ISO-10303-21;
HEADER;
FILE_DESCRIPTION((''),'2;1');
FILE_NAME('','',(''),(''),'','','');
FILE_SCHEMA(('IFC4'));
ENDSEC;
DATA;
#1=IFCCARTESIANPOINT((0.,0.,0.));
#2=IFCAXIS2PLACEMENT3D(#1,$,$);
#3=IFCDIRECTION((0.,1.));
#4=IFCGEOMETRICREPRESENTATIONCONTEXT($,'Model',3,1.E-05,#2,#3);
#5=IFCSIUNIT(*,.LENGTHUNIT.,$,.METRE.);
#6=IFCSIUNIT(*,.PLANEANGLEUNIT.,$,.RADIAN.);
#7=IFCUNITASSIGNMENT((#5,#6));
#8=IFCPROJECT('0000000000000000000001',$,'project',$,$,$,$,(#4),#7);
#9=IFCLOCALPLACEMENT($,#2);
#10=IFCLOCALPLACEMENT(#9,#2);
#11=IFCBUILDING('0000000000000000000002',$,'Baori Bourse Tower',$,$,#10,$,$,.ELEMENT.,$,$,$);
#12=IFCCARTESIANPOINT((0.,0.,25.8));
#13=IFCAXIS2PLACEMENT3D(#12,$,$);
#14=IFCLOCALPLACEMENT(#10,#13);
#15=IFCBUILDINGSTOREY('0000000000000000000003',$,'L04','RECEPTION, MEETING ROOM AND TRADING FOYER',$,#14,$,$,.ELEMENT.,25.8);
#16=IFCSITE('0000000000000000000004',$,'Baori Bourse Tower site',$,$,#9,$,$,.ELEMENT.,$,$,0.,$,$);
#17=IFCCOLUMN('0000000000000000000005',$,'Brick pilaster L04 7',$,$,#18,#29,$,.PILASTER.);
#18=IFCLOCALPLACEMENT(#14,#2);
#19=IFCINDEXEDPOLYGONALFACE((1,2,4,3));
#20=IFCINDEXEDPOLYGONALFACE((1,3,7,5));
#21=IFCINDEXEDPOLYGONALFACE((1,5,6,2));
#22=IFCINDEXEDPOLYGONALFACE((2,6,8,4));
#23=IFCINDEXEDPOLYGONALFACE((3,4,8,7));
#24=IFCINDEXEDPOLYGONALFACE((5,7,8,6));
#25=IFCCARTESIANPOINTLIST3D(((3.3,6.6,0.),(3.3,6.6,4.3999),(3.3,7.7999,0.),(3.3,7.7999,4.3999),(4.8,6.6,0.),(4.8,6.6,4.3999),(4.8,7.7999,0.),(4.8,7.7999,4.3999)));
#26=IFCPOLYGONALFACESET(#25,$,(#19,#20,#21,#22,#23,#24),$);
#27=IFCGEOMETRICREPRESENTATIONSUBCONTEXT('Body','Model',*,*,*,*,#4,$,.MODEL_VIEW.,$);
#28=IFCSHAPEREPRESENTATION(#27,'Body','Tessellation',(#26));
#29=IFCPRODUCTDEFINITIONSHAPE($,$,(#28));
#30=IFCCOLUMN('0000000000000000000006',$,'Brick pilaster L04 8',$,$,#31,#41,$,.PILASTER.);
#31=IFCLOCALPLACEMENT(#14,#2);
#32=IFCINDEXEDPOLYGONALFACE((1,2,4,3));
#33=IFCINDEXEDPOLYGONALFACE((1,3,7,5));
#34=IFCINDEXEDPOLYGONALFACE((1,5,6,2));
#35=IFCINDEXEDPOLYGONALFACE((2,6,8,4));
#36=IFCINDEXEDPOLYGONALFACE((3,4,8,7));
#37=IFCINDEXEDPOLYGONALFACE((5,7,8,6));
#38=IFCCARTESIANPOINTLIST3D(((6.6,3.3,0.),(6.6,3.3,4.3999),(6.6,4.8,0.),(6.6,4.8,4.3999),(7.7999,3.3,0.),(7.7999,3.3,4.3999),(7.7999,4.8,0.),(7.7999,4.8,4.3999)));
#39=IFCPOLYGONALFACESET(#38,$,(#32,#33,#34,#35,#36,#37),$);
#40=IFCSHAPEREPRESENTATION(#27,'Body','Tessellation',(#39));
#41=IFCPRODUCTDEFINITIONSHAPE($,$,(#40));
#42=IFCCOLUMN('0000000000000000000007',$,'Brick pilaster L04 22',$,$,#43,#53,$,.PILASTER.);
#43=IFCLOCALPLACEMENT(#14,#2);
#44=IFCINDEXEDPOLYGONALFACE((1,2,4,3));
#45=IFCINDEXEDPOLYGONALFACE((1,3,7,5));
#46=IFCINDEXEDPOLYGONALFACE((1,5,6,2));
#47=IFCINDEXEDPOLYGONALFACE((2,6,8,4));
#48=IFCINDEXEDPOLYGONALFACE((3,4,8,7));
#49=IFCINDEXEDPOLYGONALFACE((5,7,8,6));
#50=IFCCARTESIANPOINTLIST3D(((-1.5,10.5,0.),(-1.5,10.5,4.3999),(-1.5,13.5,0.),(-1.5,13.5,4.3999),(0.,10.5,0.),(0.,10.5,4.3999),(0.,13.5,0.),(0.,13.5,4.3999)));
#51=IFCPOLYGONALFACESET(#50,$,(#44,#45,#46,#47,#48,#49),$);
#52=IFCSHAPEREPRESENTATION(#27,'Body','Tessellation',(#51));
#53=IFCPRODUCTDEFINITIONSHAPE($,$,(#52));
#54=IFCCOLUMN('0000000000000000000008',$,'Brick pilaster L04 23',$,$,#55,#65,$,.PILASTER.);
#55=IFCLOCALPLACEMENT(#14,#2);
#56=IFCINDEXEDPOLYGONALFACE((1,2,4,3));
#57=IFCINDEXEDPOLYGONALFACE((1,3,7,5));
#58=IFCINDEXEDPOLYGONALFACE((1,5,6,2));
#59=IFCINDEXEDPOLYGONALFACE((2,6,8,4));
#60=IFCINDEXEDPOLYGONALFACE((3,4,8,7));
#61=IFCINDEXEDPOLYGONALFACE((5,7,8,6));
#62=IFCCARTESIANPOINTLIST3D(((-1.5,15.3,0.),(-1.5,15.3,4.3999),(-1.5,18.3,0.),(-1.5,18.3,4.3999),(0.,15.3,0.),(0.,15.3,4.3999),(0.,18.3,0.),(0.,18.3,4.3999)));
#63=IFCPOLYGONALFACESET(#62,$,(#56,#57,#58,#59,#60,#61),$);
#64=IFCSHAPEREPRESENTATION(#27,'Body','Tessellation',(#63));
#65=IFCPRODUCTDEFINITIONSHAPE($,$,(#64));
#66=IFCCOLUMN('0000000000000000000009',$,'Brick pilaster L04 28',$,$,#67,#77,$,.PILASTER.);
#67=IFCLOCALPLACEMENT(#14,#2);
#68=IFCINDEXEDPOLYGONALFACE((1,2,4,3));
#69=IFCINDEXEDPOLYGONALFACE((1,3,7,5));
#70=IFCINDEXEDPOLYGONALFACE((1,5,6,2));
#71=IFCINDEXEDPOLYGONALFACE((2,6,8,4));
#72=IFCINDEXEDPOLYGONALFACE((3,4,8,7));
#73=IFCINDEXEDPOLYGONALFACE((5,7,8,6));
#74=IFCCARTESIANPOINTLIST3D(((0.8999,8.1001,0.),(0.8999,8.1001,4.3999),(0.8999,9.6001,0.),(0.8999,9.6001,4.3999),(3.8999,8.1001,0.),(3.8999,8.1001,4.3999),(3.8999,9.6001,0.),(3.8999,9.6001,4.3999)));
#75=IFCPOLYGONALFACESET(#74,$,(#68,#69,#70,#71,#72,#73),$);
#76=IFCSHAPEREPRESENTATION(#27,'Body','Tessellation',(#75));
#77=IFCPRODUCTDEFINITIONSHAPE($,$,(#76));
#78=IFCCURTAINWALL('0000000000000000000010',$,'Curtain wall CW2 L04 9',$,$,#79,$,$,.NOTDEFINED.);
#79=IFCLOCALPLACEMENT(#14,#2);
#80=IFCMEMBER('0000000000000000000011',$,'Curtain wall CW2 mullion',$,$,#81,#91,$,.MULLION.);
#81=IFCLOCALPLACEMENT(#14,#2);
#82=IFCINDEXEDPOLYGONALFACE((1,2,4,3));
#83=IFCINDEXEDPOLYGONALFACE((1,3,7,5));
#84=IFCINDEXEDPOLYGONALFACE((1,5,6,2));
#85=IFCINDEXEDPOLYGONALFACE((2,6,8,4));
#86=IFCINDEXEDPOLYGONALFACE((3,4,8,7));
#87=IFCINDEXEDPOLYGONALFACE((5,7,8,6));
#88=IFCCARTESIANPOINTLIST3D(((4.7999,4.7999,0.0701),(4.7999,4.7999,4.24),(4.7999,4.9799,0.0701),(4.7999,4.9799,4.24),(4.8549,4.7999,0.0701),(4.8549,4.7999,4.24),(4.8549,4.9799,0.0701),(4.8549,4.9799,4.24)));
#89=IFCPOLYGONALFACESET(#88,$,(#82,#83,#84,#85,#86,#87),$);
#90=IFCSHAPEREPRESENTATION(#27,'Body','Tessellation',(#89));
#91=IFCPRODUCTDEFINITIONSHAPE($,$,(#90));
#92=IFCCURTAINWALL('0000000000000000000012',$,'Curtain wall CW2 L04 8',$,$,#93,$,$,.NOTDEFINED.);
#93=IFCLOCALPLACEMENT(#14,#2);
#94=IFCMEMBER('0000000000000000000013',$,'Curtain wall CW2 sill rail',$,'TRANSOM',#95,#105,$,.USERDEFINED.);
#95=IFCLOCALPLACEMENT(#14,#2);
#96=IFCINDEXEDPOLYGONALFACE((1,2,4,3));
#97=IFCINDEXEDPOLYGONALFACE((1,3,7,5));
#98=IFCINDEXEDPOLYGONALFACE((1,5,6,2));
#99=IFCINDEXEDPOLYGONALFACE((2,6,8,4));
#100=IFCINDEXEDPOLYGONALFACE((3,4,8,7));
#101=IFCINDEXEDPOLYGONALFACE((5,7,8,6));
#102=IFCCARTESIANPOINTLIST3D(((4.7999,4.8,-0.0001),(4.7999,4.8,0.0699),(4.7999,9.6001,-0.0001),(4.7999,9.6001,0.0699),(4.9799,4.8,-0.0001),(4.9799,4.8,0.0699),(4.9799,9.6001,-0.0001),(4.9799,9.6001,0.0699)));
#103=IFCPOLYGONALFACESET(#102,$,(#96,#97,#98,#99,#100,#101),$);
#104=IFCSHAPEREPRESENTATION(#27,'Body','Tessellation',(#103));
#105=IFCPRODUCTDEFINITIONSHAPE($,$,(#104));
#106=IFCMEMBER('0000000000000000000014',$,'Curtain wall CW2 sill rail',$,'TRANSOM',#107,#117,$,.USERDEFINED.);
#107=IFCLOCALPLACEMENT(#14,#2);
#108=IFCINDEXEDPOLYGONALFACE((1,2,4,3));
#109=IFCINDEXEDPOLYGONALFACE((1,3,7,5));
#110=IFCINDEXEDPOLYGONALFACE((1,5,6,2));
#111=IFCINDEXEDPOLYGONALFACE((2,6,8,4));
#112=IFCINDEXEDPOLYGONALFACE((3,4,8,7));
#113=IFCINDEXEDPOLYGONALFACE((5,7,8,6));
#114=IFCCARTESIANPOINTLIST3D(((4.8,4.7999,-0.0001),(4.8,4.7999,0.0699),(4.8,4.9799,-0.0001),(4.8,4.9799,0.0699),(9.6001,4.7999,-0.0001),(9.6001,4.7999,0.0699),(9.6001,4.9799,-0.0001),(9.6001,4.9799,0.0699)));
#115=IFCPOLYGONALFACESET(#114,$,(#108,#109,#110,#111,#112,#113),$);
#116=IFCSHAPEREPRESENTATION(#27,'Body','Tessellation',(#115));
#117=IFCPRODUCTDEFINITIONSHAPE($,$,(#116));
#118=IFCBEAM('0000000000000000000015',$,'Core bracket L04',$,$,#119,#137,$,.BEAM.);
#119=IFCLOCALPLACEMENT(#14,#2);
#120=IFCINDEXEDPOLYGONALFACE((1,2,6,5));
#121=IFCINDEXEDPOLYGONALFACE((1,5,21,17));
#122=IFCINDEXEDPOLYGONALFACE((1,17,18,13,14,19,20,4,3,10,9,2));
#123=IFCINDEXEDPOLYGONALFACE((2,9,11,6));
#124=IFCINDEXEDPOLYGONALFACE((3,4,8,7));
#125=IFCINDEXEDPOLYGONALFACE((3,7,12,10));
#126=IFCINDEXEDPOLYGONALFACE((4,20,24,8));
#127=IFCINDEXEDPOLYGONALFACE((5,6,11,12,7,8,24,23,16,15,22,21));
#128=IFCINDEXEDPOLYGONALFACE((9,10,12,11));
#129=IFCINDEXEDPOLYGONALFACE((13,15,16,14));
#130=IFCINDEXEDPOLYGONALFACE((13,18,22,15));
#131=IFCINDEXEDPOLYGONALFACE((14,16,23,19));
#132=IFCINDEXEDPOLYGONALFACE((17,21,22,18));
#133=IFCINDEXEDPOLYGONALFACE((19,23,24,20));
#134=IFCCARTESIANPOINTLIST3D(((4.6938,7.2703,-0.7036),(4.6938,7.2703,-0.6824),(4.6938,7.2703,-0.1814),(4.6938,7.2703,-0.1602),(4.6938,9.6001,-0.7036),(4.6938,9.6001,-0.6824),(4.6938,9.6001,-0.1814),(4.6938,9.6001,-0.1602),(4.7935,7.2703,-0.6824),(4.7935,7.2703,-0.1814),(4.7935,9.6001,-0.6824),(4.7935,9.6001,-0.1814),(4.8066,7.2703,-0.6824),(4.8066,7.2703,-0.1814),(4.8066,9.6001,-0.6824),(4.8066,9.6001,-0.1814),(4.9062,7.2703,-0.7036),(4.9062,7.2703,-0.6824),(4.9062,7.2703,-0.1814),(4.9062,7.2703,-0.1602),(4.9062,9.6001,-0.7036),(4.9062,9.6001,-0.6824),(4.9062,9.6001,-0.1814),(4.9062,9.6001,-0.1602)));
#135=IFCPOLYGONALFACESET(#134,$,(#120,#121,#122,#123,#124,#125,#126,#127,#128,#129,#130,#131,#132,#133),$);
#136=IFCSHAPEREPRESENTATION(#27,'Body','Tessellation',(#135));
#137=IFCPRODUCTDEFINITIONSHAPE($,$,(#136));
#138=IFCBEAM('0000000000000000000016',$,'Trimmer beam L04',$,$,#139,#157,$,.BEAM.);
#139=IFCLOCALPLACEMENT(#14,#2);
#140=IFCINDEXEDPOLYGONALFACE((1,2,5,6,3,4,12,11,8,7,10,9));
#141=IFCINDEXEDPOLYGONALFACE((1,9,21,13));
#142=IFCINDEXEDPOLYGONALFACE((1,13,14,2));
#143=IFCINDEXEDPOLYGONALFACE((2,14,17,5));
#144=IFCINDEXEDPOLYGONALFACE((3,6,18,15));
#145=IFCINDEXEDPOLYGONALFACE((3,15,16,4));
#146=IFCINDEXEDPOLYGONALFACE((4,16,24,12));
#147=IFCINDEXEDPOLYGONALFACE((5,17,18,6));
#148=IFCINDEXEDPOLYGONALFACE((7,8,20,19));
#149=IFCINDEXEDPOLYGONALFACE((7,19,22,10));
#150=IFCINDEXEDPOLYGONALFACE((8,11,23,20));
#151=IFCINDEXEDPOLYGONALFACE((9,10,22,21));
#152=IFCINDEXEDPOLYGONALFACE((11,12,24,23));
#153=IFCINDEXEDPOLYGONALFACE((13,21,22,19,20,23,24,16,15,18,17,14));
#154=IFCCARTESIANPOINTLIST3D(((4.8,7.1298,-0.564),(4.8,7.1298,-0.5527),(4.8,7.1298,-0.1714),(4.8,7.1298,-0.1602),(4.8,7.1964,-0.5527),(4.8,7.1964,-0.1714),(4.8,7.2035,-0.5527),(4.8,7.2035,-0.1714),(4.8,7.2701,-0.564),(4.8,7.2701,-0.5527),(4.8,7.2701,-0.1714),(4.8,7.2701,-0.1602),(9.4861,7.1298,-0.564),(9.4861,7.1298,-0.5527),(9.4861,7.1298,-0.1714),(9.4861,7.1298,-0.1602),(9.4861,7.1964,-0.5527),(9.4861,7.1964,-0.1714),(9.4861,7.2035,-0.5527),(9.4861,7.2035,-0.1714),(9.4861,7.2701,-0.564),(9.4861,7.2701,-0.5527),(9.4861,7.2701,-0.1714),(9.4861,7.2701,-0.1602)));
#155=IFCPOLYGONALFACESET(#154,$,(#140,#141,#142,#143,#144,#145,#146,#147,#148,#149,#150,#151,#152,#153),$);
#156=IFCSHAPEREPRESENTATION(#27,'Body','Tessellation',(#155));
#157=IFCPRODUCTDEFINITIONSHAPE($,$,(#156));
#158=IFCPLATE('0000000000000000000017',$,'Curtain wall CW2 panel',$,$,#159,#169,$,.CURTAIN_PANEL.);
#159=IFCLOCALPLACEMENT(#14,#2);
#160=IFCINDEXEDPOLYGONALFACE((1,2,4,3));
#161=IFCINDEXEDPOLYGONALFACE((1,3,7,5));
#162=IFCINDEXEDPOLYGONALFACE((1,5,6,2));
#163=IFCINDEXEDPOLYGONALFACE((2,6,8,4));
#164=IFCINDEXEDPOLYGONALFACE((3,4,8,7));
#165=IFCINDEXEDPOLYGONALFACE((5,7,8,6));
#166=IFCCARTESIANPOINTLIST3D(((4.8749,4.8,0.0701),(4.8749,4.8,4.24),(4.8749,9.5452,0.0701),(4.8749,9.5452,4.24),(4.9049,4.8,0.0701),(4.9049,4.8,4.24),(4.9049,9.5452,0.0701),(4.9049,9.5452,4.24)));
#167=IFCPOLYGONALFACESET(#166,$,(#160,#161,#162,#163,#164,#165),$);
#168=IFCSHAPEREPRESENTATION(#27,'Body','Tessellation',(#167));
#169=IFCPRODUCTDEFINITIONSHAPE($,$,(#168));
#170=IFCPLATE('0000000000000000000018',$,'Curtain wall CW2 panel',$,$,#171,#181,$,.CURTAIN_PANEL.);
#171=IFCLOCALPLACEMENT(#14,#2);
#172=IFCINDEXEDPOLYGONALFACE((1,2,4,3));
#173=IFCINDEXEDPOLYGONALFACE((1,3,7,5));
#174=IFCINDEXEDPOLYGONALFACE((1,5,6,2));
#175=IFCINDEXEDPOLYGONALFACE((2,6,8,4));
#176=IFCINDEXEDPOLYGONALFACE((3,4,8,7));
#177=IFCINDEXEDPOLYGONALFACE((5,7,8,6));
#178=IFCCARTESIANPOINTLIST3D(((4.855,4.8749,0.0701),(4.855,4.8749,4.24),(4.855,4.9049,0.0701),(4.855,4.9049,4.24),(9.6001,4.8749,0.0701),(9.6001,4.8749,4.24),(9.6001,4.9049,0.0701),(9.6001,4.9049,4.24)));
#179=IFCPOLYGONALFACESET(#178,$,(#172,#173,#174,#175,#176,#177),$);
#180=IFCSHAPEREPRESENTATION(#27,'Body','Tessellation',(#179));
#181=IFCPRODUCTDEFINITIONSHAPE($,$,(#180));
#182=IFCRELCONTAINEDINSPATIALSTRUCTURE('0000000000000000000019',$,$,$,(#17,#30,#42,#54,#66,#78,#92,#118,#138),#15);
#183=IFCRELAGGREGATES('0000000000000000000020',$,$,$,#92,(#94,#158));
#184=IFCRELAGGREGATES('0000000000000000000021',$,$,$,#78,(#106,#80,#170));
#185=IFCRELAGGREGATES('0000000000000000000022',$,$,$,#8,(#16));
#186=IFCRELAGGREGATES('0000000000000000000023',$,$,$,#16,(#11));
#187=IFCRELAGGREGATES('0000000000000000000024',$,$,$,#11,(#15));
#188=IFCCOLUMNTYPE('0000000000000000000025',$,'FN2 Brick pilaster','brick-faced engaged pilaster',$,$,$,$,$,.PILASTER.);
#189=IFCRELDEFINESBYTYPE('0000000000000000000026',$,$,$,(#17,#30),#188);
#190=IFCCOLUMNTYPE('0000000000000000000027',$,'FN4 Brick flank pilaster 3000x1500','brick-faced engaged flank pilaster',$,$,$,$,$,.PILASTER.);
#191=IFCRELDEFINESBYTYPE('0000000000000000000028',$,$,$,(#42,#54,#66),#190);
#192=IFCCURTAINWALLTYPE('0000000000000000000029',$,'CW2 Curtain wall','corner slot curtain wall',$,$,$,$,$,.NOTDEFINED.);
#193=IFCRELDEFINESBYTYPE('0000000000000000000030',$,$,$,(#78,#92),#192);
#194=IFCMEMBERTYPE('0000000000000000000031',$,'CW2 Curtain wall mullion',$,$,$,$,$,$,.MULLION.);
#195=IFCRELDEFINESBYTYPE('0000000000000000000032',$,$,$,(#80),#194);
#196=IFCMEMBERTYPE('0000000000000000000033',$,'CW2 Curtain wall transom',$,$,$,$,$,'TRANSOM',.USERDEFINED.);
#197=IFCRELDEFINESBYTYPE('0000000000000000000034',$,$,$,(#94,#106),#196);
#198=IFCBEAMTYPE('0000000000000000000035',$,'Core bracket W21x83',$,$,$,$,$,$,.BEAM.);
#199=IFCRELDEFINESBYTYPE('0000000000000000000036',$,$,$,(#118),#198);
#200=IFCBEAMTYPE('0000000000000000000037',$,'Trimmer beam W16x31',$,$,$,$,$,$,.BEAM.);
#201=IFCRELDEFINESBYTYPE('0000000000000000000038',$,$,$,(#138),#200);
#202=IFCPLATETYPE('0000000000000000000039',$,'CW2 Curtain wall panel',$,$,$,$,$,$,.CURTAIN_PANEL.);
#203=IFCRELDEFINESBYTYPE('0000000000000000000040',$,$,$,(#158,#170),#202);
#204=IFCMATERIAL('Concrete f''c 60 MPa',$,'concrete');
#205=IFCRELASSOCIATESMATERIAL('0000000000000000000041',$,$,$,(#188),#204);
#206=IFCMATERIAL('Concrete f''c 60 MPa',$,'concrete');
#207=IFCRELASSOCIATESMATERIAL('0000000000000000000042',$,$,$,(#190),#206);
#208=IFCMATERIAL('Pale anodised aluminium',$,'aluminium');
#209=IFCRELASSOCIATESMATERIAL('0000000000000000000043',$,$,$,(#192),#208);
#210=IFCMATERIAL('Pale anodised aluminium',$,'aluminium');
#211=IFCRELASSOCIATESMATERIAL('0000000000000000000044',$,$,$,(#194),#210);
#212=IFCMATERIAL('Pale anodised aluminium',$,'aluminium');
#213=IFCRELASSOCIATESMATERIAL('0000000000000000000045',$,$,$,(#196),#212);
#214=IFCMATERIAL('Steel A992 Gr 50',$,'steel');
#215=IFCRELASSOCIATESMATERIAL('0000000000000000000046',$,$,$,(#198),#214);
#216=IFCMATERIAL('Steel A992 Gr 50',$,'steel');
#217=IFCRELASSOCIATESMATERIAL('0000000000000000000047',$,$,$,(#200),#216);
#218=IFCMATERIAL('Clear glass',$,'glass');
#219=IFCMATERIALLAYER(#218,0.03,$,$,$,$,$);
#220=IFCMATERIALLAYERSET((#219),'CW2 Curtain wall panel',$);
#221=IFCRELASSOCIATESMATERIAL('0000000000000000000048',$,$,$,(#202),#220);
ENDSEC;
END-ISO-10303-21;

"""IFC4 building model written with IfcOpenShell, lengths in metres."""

from ifc_helpers import new_model, si_unit, direction, frame, origin, origin_2d, place, context, subcontext, project, spatial, rectangle, i_section, extrude, material, layer, layer_set, material_profile, profile_set, type_object, element, aggregate, save


model = new_model("IFC4")

# Units and contexts
model_context = context("Model", 3, precision=1e-05, world=origin(), true_north=direction((0.0, 1.0)))
body_context = subcontext(model_context, "Body", "Model", "MODEL_VIEW")
ifc_project = project(units=[si_unit("LENGTHUNIT", "METRE"), si_unit("PLANEANGLEUNIT", "RADIAN")], contexts=[model_context])

# Site, building, storey
site_placement = place(None, origin())
site = spatial("IfcSite", under=ifc_project, at=site_placement, Name="Baori Bourse Tower site", CompositionType="ELEMENT", RefElevation=0.0)
building_placement = place(site_placement, origin())
building = spatial("IfcBuilding", under=site, at=building_placement, Name="Baori Bourse Tower", CompositionType="ELEMENT")
storey_placement = place(building_placement, frame((0.0, 0.0, 25.8)))
storey = spatial("IfcBuildingStorey", under=building, at=storey_placement, Name="L04", Description="RECEPTION, MEETING ROOM AND TRADING FOYER", CompositionType="ELEMENT", Elevation=25.8)

# Columns
ifc_material_1 = material(Name="Concrete f'c 60 MPa", Category="concrete")
ifc_material_profile_1 = material_profile(ifc_material_1, rectangle(XDim=1.2, YDim=1.5, at=origin_2d()), Name="RC 1200x1500")
ifc_profile_set_1 = profile_set([ifc_material_profile_1], Name="Concrete f'c 60 MPa")
column_type_1 = type_object("IfcColumnType", Name="FN2 Brick pilaster", Description="brick-faced engaged pilaster", PredefinedType="PILASTER", material=ifc_profile_set_1)
for number, where, z_axis, x_axis, name in (
    (1, (4.05, 7.2, 0.0), (0.0, 0.0, 1.0), (0.0, 1.0, 0.0), "Brick pilaster L04 7"),
    (2, (7.2, 4.05, 0.0), (0.0, 0.0, 1.0), (1.0, 0.0, 0.0), "Brick pilaster L04 8"),
):
    element("IfcColumn", number, at=place(storey_placement, frame(where, z_axis=z_axis, x_axis=x_axis)), inside=storey, type_object=column_type_1, Name=name, PredefinedType="PILASTER", context=body_context, shape_type="SweptSolid", body=[
        extrude(rectangle(XDim=1.2, YDim=1.5, at=origin_2d()), origin(), (0.0, 0.0, 1.0), 4.3999),
    ])
ifc_material_2 = material(Name="Concrete f'c 60 MPa", Category="concrete")
ifc_material_profile_2 = material_profile(ifc_material_2, rectangle(XDim=3.0, YDim=1.5, at=origin_2d()), Name="RC 3000x1500")
ifc_profile_set_2 = profile_set([ifc_material_profile_2], Name="Concrete f'c 60 MPa")
column_type_2 = type_object("IfcColumnType", Name="FN4 Brick flank pilaster 3000x1500", Description="brick-faced engaged flank pilaster", PredefinedType="PILASTER", material=ifc_profile_set_2)
for number, where, z_axis, x_axis, name in (
    (3, (-0.75, 12.0, 0.0), (0.0, 0.0, 1.0), (0.0, 1.0, 0.0), "Brick pilaster L04 22"),
    (4, (-0.75, 16.8, 0.0), (0.0, 0.0, 1.0), (0.0, 1.0, 0.0), "Brick pilaster L04 23"),
    (5, (2.3999, 8.8501, 0.0), (0.0, 0.0, 1.0), (1.0, 0.0, 0.0), "Brick pilaster L04 28"),
):
    element("IfcColumn", number, at=place(storey_placement, frame(where, z_axis=z_axis, x_axis=x_axis)), inside=storey, type_object=column_type_2, Name=name, PredefinedType="PILASTER", context=body_context, shape_type="SweptSolid", body=[
        extrude(rectangle(XDim=3.0, YDim=1.5, at=origin_2d()), origin(), (0.0, 0.0, 1.0), 4.3999),
    ])

# Curtain walls, members
ifc_material_3 = material(Name="Pale anodised aluminium", Category="aluminium")
curtain_wall_type = type_object("IfcCurtainWallType", Name="CW2 Curtain wall", Description="corner slot curtain wall", PredefinedType="NOTDEFINED", material=ifc_material_3)
curtain_wall_1_placement = place(storey_placement, origin())
curtain_wall_1 = element("IfcCurtainWall", 6, at=curtain_wall_1_placement, inside=storey, type_object=curtain_wall_type, Name="Curtain wall CW2 L04 9", PredefinedType="NOTDEFINED")
ifc_material_4 = material(Name="Pale anodised aluminium", Category="aluminium")
ifc_material_profile_3 = material_profile(ifc_material_4, rectangle(XDim=0.1799, YDim=0.0549, at=origin_2d()), Name="Mullion 55x180")
ifc_profile_set_3 = profile_set([ifc_material_profile_3], Name="Pale anodised aluminium")
member_type_1 = type_object("IfcMemberType", Name="CW2 Curtain wall mullion", PredefinedType="MULLION", material=ifc_profile_set_3)
member_1_placement = place(storey_placement, frame((4.8274, 4.8899, 0.0701), z_axis=(0.0, 0.0, 1.0), x_axis=(0.0, 1.0, 0.0)))
member_1 = element("IfcMember", 7, at=member_1_placement, type_object=member_type_1, Name="Curtain wall CW2 mullion", PredefinedType="MULLION", context=body_context, shape_type="SweptSolid", body=[
    extrude(rectangle(XDim=0.1799, YDim=0.0549, at=origin_2d()), origin(), (0.0, 0.0, 1.0), 4.1699),
])
curtain_wall_2_placement = place(storey_placement, origin())
curtain_wall_2 = element("IfcCurtainWall", 8, at=curtain_wall_2_placement, inside=storey, type_object=curtain_wall_type, Name="Curtain wall CW2 L04 8", PredefinedType="NOTDEFINED")
ifc_material_5 = material(Name="Pale anodised aluminium", Category="aluminium")
ifc_material_profile_4 = material_profile(ifc_material_5, rectangle(XDim=0.1799, YDim=0.0701, at=origin_2d()), Name="Transom 70x180")
ifc_profile_set_4 = profile_set([ifc_material_profile_4], Name="Pale anodised aluminium")
member_type_2 = type_object("IfcMemberType", Name="CW2 Curtain wall transom", ElementType="TRANSOM", PredefinedType="USERDEFINED", material=ifc_profile_set_4)
member_2_placement = place(storey_placement, frame((4.8899, 9.6001, 0.0349), z_axis=(0.0, -1.0, 0.0), x_axis=(1.0, 0.0, 0.0)))
member_2 = element("IfcMember", 9, at=member_2_placement, type_object=member_type_2, Name="Curtain wall CW2 sill rail", ObjectType="TRANSOM", PredefinedType="USERDEFINED", context=body_context, shape_type="SweptSolid", body=[
    extrude(rectangle(XDim=0.1799, YDim=0.0701, at=origin_2d()), origin(), (0.0, 0.0, 1.0), 4.8),
])

# Member
member_3_placement = place(storey_placement, frame((4.8, 4.8899, 0.0349), z_axis=(1.0, 0.0, 0.0), x_axis=(0.0, 1.0, 0.0)))
member_3 = element("IfcMember", 10, at=member_3_placement, type_object=member_type_2, Name="Curtain wall CW2 sill rail", ObjectType="TRANSOM", PredefinedType="USERDEFINED", context=body_context, shape_type="SweptSolid", body=[
    extrude(rectangle(XDim=0.1799, YDim=0.0701, at=origin_2d()), origin(), (0.0, 0.0, 1.0), 4.8),
])

# Beams
ifc_material_6 = material(Name="Steel A992 Gr 50", Category="steel")
ifc_material_profile_5 = material_profile(ifc_material_6, i_section(OverallWidth=0.2124, OverallDepth=0.5435, WebThickness=0.0132, FlangeThickness=0.0212, at=origin_2d()), Name="W21x83")
ifc_profile_set_5 = profile_set([ifc_material_profile_5], Name="Steel A992 Gr 50")
beam_type_1 = type_object("IfcBeamType", Name="Core bracket W21x83", PredefinedType="BEAM", material=ifc_profile_set_5)
beam_1_placement = place(storey_placement, frame((4.8, 7.2703, -0.4319), z_axis=(0.0, 1.0, 0.0), x_axis=(-1.0, 0.0, 0.0)))
element("IfcBeam", 11, at=beam_1_placement, inside=storey, type_object=beam_type_1, Name="Core bracket L04", PredefinedType="BEAM", context=body_context, shape_type="SweptSolid", body=[
    extrude(i_section(OverallWidth=0.2124, OverallDepth=0.5435, WebThickness=0.0132, FlangeThickness=0.0212, at=origin_2d()), origin(), (0.0, 0.0, 1.0), 2.3298),
])
ifc_material_7 = material(Name="Steel A992 Gr 50", Category="steel")
ifc_material_profile_6 = material_profile(ifc_material_7, i_section(OverallWidth=0.1404, OverallDepth=0.4038, WebThickness=0.0071, FlangeThickness=0.0112, at=origin_2d()), Name="W16x31")
ifc_profile_set_6 = profile_set([ifc_material_profile_6], Name="Steel A992 Gr 50")
beam_type_2 = type_object("IfcBeamType", Name="Trimmer beam W16x31", PredefinedType="BEAM", material=ifc_profile_set_6)
beam_2_placement = place(storey_placement, frame((4.8, 7.2, -0.3621), z_axis=(1.0, 0.0, 0.0), x_axis=(0.0, 1.0, 0.0)))
element("IfcBeam", 12, at=beam_2_placement, inside=storey, type_object=beam_type_2, Name="Trimmer beam L04", PredefinedType="BEAM", context=body_context, shape_type="SweptSolid", body=[
    extrude(i_section(OverallWidth=0.1404, OverallDepth=0.4038, WebThickness=0.0071, FlangeThickness=0.0112, at=origin_2d()), origin(), (0.0, 0.0, 1.0), 4.686),
])

# Plates
ifc_material_8 = material(Name="Clear glass", Category="glass")
ifc_layer_1 = layer(ifc_material_8, 0.03)
ifc_layer_set_1 = layer_set([ifc_layer_1], Name="CW2 Curtain wall panel")
plate_type = type_object("IfcPlateType", Name="CW2 Curtain wall panel", PredefinedType="CURTAIN_PANEL", material=ifc_layer_set_1)
plate_1_placement = place(storey_placement, frame((4.8899, 7.1726, 0.0701), z_axis=(0.0, 0.0, 1.0), x_axis=(0.0, -1.0, 0.0)))
plate_1 = element("IfcPlate", 13, at=plate_1_placement, type_object=plate_type, Name="Curtain wall CW2 panel", PredefinedType="CURTAIN_PANEL", context=body_context, shape_type="SweptSolid", body=[
    extrude(rectangle(XDim=4.7451, YDim=0.03, at=origin_2d()), origin(), (0.0, 0.0, 1.0), 4.1699),
])
aggregate(curtain_wall_2, [member_2, plate_1])
plate_2_placement = place(storey_placement, frame((7.2275, 4.8899, 0.0701), z_axis=(0.0, 0.0, 1.0), x_axis=(1.0, 0.0, 0.0)))
plate_2 = element("IfcPlate", 14, at=plate_2_placement, type_object=plate_type, Name="Curtain wall CW2 panel", PredefinedType="CURTAIN_PANEL", context=body_context, shape_type="SweptSolid", body=[
    extrude(rectangle(XDim=4.7451, YDim=0.03, at=origin_2d()), origin(), (0.0, 0.0, 1.0), 4.1699),
])
aggregate(curtain_wall_1, [member_3, member_1, plate_2])

save(model, "model.ifc")
